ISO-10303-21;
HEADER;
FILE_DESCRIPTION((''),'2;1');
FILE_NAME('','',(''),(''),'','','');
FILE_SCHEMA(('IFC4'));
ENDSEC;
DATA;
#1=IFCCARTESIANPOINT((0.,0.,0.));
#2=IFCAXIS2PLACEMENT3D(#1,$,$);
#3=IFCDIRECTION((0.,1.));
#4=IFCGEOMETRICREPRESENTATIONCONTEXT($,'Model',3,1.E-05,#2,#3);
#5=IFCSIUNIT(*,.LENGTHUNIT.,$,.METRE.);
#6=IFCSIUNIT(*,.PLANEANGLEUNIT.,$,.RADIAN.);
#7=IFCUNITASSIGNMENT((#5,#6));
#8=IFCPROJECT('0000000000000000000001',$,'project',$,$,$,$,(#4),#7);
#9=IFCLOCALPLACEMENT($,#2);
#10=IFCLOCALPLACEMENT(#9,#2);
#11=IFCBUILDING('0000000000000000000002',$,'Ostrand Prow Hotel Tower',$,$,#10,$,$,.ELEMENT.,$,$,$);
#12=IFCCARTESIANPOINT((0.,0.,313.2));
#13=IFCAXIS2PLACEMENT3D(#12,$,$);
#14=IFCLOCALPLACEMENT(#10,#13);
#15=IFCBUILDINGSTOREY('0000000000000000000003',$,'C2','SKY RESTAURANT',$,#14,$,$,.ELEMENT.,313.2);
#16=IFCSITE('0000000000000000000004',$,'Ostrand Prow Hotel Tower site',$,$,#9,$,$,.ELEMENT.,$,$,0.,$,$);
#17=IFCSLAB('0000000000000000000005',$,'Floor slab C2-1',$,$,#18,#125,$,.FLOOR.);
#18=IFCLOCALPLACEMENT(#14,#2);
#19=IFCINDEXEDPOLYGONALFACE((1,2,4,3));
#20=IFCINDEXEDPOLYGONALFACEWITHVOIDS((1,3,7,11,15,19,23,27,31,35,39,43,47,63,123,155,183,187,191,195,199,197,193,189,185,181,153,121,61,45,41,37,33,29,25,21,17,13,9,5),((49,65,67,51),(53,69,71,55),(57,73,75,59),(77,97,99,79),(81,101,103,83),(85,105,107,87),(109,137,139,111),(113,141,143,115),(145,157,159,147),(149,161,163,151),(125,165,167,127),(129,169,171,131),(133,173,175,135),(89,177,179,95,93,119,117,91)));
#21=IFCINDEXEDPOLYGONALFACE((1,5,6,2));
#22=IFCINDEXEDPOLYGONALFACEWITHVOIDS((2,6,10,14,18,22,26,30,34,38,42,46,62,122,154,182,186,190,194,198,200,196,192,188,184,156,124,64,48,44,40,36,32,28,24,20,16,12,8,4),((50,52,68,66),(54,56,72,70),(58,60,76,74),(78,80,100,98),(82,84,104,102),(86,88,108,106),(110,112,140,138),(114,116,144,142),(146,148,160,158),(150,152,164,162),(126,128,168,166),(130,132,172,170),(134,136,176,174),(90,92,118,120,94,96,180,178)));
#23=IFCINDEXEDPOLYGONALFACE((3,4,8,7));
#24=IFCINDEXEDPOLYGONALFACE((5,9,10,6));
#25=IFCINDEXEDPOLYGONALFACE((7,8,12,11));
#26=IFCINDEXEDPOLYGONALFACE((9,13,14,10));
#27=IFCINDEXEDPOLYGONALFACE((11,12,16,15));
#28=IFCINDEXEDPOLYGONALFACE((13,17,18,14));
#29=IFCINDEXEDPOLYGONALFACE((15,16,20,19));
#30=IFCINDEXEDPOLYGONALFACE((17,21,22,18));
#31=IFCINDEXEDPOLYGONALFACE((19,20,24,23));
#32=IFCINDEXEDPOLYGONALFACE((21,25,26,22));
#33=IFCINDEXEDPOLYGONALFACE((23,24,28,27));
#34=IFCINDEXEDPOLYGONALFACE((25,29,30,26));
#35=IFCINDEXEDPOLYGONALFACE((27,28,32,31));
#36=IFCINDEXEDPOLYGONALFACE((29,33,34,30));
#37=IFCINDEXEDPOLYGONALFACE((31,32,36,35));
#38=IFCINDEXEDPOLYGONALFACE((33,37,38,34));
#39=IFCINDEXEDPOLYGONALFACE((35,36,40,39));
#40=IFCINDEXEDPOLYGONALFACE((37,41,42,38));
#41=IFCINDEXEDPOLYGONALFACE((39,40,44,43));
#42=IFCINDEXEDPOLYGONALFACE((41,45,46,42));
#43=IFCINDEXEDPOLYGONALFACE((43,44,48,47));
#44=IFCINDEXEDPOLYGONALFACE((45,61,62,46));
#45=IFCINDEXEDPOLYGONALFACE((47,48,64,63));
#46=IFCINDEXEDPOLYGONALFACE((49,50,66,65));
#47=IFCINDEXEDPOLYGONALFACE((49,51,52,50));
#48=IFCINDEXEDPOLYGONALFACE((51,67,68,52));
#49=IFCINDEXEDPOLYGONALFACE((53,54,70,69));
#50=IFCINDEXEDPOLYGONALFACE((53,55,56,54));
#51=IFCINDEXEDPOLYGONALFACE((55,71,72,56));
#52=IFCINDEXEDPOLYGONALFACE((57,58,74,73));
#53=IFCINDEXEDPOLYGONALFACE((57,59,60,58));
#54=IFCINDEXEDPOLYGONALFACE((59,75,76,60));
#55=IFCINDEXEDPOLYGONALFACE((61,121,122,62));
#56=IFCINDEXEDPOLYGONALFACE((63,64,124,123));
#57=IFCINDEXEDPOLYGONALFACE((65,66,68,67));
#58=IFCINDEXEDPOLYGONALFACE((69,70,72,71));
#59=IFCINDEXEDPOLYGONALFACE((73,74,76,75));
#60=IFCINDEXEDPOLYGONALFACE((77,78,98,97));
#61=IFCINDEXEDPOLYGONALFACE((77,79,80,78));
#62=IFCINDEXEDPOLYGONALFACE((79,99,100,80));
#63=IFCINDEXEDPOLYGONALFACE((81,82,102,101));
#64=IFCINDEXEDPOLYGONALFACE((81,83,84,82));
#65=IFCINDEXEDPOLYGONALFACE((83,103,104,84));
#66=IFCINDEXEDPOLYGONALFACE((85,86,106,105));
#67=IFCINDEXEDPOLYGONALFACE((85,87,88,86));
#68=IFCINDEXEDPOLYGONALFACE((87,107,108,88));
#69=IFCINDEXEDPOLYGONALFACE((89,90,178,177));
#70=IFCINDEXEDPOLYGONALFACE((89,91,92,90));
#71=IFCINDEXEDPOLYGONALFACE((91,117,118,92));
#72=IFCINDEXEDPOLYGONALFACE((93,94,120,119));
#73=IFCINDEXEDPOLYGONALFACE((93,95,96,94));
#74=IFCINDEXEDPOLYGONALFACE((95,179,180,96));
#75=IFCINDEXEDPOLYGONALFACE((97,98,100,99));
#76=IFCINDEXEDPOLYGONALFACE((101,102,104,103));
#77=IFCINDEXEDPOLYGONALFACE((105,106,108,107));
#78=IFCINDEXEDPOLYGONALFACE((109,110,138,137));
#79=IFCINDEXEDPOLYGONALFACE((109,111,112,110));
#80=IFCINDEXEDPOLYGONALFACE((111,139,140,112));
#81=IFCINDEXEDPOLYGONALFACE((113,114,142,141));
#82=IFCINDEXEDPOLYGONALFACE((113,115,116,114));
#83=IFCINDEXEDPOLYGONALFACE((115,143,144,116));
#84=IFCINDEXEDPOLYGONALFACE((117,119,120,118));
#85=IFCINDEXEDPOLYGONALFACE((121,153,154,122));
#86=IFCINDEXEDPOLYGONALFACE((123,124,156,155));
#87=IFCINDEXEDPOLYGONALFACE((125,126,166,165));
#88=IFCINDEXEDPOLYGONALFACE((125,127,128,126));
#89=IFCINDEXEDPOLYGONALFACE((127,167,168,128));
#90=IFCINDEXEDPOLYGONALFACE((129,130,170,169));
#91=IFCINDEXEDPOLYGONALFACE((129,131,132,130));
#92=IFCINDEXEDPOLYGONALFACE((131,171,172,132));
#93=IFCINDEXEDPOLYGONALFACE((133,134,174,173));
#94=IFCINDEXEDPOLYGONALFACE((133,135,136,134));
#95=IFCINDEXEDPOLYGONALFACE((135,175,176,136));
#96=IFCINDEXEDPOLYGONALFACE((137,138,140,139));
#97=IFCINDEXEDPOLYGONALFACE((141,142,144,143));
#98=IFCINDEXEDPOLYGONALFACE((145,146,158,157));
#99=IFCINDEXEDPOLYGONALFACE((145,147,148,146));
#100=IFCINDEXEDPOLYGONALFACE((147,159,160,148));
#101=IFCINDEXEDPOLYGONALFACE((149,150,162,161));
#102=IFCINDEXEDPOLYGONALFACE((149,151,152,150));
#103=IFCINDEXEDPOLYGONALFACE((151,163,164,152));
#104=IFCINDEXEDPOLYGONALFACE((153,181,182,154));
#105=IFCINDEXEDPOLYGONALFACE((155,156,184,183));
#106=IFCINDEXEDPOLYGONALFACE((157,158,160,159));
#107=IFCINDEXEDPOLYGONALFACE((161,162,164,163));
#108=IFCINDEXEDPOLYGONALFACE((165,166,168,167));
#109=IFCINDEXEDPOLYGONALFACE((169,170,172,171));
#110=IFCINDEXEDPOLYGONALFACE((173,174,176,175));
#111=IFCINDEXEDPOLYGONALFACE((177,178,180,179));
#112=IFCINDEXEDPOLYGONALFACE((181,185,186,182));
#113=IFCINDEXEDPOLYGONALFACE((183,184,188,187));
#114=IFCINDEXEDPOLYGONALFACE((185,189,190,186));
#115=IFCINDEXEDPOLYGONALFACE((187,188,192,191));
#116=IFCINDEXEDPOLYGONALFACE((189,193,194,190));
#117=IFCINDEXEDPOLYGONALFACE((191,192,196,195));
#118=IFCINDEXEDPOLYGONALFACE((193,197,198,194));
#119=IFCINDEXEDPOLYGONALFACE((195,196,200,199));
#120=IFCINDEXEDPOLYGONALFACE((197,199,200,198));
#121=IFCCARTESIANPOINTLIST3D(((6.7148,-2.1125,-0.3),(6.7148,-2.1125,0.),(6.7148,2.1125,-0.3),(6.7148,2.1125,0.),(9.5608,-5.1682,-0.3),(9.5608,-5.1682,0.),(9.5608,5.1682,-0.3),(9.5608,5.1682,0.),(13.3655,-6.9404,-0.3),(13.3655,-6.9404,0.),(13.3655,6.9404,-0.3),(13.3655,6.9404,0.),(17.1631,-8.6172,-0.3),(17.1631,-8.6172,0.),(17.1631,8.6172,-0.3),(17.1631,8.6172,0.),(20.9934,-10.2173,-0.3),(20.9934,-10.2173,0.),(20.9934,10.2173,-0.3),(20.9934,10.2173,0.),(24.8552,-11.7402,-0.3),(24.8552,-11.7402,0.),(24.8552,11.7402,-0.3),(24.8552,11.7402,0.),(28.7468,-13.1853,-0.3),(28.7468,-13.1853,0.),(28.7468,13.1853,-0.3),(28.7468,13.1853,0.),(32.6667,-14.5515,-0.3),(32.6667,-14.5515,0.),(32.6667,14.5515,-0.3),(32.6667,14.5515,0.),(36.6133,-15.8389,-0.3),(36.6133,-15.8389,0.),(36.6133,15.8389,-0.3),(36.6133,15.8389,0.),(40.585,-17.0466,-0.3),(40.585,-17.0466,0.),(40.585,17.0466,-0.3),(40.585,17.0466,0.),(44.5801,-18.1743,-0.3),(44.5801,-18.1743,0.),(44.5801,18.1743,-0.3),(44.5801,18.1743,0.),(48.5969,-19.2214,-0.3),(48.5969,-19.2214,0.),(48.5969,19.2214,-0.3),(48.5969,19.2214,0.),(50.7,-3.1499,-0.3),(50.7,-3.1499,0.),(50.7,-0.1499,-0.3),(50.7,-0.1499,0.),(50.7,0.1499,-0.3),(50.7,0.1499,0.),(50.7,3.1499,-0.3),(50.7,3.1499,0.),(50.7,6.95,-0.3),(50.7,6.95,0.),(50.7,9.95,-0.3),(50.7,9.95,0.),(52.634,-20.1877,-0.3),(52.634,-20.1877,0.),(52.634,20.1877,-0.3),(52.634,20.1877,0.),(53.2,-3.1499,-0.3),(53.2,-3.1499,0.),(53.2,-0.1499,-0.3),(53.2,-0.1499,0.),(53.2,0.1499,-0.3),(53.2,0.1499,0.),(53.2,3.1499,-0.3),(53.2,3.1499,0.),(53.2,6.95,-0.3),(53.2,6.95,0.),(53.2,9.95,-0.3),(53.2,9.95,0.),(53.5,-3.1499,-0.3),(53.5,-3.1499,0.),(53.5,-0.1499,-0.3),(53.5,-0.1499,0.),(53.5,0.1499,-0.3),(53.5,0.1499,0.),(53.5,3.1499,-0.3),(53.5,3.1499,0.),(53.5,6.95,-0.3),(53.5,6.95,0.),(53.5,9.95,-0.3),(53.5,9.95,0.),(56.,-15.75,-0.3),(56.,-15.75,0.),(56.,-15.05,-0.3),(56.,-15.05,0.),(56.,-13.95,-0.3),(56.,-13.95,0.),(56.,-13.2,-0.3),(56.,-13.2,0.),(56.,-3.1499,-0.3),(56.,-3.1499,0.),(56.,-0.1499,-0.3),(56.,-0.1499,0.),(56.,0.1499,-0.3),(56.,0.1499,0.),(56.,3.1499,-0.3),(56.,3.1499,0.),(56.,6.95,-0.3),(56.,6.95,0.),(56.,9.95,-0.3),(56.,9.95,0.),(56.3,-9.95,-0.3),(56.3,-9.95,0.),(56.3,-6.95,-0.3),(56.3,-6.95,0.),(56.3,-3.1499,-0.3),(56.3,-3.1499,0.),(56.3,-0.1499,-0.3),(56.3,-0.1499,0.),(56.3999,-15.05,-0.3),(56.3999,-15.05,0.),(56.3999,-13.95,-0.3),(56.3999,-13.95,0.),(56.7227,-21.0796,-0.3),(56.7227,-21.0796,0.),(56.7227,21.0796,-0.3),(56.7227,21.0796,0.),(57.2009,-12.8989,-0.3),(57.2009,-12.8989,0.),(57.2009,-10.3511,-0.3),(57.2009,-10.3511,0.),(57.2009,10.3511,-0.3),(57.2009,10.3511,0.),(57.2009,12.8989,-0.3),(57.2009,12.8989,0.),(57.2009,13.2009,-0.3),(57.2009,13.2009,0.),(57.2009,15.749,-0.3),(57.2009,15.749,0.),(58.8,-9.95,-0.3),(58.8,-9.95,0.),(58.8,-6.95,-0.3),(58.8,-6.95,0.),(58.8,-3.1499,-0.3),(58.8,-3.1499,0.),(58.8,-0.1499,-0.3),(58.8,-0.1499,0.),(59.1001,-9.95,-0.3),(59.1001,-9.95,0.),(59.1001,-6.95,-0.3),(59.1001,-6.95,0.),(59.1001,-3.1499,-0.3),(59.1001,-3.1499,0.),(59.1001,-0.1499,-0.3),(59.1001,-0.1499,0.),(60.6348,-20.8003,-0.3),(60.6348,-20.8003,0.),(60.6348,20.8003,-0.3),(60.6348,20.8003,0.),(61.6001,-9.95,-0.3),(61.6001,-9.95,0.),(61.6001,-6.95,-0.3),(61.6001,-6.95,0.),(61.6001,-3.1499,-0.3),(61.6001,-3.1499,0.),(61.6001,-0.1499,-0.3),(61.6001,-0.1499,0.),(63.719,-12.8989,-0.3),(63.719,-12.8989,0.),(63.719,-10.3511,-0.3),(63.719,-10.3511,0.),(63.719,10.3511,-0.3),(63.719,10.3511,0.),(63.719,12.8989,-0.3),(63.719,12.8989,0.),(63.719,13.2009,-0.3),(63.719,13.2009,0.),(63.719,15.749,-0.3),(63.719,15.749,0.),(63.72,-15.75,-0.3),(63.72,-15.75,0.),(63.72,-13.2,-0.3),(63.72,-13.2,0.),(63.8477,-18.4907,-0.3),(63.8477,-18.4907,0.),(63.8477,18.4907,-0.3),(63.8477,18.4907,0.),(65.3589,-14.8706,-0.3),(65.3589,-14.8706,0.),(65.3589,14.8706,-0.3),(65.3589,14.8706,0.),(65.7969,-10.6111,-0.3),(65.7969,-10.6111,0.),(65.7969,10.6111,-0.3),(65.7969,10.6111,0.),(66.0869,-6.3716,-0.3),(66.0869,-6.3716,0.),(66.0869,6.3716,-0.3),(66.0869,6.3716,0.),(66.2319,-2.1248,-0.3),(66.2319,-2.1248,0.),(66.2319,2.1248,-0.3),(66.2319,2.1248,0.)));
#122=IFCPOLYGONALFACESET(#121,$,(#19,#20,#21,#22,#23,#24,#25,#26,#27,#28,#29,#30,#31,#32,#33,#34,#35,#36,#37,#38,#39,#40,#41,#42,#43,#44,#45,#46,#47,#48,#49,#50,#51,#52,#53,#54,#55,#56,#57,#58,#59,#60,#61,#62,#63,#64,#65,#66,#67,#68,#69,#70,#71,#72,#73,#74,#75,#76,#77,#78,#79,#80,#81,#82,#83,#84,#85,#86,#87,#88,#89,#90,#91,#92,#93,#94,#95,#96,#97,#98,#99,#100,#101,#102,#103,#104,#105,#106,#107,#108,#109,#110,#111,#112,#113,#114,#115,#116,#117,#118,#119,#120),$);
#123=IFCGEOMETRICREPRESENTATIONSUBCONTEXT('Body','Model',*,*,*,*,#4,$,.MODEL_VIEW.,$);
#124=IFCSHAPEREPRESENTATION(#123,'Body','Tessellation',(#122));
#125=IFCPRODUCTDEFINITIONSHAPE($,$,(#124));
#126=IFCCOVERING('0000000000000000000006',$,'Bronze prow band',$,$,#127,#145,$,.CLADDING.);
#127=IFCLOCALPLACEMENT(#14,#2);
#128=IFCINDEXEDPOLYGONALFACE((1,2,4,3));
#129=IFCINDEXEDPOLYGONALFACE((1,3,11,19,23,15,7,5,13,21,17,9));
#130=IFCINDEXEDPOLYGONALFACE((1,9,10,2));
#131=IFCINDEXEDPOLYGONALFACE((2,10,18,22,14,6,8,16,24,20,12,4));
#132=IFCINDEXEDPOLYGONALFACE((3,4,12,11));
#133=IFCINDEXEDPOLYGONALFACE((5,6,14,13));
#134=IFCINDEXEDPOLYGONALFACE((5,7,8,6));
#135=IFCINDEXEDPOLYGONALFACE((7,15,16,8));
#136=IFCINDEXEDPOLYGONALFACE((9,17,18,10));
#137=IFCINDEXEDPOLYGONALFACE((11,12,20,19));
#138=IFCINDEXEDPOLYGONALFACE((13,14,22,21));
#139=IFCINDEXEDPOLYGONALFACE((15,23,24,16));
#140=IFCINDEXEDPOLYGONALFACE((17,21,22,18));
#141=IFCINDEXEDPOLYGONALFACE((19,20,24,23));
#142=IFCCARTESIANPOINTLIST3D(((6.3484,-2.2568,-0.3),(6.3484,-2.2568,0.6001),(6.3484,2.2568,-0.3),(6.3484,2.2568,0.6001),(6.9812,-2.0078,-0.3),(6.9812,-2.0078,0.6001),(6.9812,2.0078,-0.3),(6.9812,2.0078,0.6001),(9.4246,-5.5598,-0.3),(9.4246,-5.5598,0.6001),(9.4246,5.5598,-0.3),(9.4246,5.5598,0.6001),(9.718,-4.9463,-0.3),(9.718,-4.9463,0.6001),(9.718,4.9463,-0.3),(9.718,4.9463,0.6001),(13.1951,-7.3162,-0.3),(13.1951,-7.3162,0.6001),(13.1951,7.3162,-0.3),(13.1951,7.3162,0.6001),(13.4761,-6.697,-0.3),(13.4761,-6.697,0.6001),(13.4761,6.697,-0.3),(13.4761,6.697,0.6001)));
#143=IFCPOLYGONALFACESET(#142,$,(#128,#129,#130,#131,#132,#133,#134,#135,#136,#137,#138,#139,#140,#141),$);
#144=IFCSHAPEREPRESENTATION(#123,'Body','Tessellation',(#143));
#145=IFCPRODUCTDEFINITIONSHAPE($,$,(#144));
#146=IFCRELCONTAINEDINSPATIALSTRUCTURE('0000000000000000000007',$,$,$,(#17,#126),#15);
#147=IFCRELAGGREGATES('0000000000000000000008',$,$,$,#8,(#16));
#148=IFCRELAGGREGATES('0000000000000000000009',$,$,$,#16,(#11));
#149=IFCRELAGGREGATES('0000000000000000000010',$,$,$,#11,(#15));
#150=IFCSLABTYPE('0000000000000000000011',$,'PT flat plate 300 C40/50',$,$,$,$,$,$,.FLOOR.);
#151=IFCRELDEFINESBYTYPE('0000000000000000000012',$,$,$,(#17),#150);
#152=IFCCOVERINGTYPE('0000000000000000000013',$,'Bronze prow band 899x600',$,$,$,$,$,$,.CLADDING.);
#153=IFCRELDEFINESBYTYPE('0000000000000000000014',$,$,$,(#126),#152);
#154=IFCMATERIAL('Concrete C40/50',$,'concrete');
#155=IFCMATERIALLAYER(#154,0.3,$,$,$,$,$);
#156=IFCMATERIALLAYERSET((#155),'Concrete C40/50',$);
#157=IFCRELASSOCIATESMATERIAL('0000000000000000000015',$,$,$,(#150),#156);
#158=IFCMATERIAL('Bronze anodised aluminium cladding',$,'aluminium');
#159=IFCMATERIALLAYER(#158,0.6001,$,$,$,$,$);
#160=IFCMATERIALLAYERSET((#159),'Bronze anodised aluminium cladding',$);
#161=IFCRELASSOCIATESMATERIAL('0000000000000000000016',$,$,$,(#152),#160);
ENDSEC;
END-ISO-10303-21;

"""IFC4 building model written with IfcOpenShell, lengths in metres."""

from ifc_helpers import new_model, si_unit, direction, frame, origin, place, context, subcontext, project, spatial, polyline, outline, extrude, material, layer, layer_set, type_object, element, save


model = new_model("IFC4")

# Units and contexts
model_context = context("Model", 3, precision=1e-05, world=origin(), true_north=direction((0.0, 1.0)))
body_context = subcontext(model_context, "Body", "Model", "MODEL_VIEW")
ifc_project = project(units=[si_unit("LENGTHUNIT", "METRE"), si_unit("PLANEANGLEUNIT", "RADIAN")], contexts=[model_context])

# Site, building, storey
site_placement = place(None, origin())
site = spatial("IfcSite", under=ifc_project, at=site_placement, Name="Ostrand Prow Hotel Tower site", CompositionType="ELEMENT", RefElevation=0.0)
building_placement = place(site_placement, origin())
building = spatial("IfcBuilding", under=site, at=building_placement, Name="Ostrand Prow Hotel Tower", CompositionType="ELEMENT")
storey_placement = place(building_placement, frame((0.0, 0.0, 313.2)))
storey = spatial("IfcBuildingStorey", under=building, at=storey_placement, Name="C2", Description="SKY RESTAURANT", CompositionType="ELEMENT", Elevation=313.2)

# Slab, opening
ifc_material_1 = material(Name="Concrete C40/50", Category="concrete")
ifc_layer_1 = layer(ifc_material_1, 0.3)
ifc_layer_set_1 = layer_set([ifc_layer_1], Name="Concrete C40/50")
slab_type = type_object("IfcSlabType", Name="PT flat plate 300 C40/50", PredefinedType="FLOOR", material=ifc_layer_set_1)
slab_placement = place(storey_placement, frame((0.0, 0.0, -0.3)))
slab = element("IfcSlab", 1, at=slab_placement, inside=storey, type_object=slab_type, Name="Floor slab C2-1", PredefinedType="FLOOR", context=body_context, shape_type="SweptSolid", body=[
    extrude(outline(polyline([(9.5608, 5.1682), (13.3655, 6.9404), (17.1631, 8.6172), (20.9934, 10.2173), (24.8552, 11.7402), (28.7468, 13.1853), (32.6667, 14.5515), (36.6133, 15.8389), (40.585, 17.0466), (44.5801, 18.1743), (48.5969, 19.2214), (52.634, 20.1877), (56.7227, 21.0796), (60.6348, 20.8003), (63.8477, 18.4907), (65.3589, 14.8706), (65.7969, 10.6111), (66.0869, 6.3716), (66.2319, 2.1248), (66.2319, -2.1248), (66.0869, -6.3716), (65.7969, -10.6111), (65.3589, -14.8706), (63.8477, -18.4907), (60.6348, -20.8003), (56.7227, -21.0796), (52.634, -20.1877), (48.5969, -19.2214), (44.5801, -18.1743), (40.585, -17.0466), (36.6133, -15.8389), (32.6667, -14.5515), (28.7468, -13.1853), (24.8552, -11.7402), (20.9934, -10.2173), (17.1631, -8.6172), (13.3655, -6.9404), (9.5608, -5.1682), (6.7148, -2.1125), (6.7148, 2.1125), (9.5608, 5.1682)]), holes=[polyline([(50.7, 6.95), (53.2, 6.95), (53.2, 9.95), (50.7, 9.95), (50.7, 6.95)]), polyline([(53.5, 6.95), (56.0, 6.95), (56.0, 9.95), (53.5, 9.95), (53.5, 6.95)]), polyline([(50.7, 0.1499), (53.2, 0.1499), (53.2, 3.1499), (50.7, 3.1499), (50.7, 0.1499)]), polyline([(53.5, 0.1499), (56.0, 0.1499), (56.0, 3.1499), (53.5, 3.1499), (53.5, 0.1499)]), polyline([(50.7, -3.1499), (53.2, -3.1499), (53.2, -0.1499), (50.7, -0.1499), (50.7, -3.1499)]), polyline([(53.5, -3.1499), (56.0, -3.1499), (56.0, -0.1499), (53.5, -0.1499), (53.5, -3.1499)]), polyline([(56.3, -3.1499), (58.8, -3.1499), (58.8, -0.1499), (56.3, -0.1499), (56.3, -3.1499)]), polyline([(59.1001, -3.1499), (61.6001, -3.1499), (61.6001, -0.1499), (59.1001, -0.1499), (59.1001, -3.1499)]), polyline([(56.3, -9.95), (58.8, -9.95), (58.8, -6.95), (56.3, -6.95), (56.3, -9.95)]), polyline([(59.1001, -9.95), (61.6001, -9.95), (61.6001, -6.95), (59.1001, -6.95), (59.1001, -9.95)]), polyline([(57.2009, 10.3511), (57.2009, 12.8989), (63.719, 12.8989), (63.719, 10.3511), (57.2009, 10.3511)]), polyline([(57.2009, 13.2009), (57.2009, 15.749), (63.719, 15.749), (63.719, 13.2009), (57.2009, 13.2009)]), polyline([(57.2009, -12.8989), (57.2009, -10.3511), (63.719, -10.3511), (63.719, -12.8989), (57.2009, -12.8989)]), polyline([(56.0, -13.95), (56.0, -13.2), (63.72, -13.2), (63.72, -15.75), (56.0, -15.75), (56.0, -15.05), (56.3999, -15.05), (56.3999, -13.95), (56.0, -13.95)])]), origin(), (0.0, 0.0, 1.0), 0.3),
])
opening_placement = place(slab_placement, origin())
element("IfcOpeningElement", 2, at=opening_placement, cuts=slab, PredefinedType="OPENING", context=body_context, shape_type="SweptSolid", body=[
    extrude(outline(polyline([(56.0, -13.95), (56.0, -13.2), (63.72, -13.2), (63.72, -15.75), (56.0, -15.75), (56.0, -15.05), (56.3999, -15.05), (56.3999, -13.95), (56.0, -13.95)])), origin(), (0.0, 0.0, 1.0), 0.3),
])

# Covering
ifc_material_2 = material(Name="Bronze anodised aluminium cladding", Category="aluminium")
ifc_layer_2 = layer(ifc_material_2, 0.6001)
ifc_layer_set_2 = layer_set([ifc_layer_2], Name="Bronze anodised aluminium cladding")
covering_type_1 = type_object("IfcCoveringType", Name="Bronze prow band 899x600", PredefinedType="CLADDING", material=ifc_layer_set_2)
covering_1_placement = place(storey_placement, frame((0.0, 0.0, -0.3)))
element("IfcCovering", 3, at=covering_1_placement, inside=storey, type_object=covering_type_1, Name="Bronze prow band", PredefinedType="CLADDING", context=body_context, shape_type="SweptSolid", body=[
    extrude(outline(polyline([(13.1951, 7.3162), (9.4246, 5.5598), (6.3484, 2.2568), (6.3484, -2.2568), (9.4246, -5.5598), (13.1951, -7.3162), (13.4761, -6.697), (9.718, -4.9463), (6.9812, -2.0078), (6.9812, 2.0078), (9.718, 4.9463), (13.4761, 6.697), (13.1951, 7.3162)])), origin(), (0.0, 0.0, 1.0), 0.9001),
])

save(model, "model.ifc")
